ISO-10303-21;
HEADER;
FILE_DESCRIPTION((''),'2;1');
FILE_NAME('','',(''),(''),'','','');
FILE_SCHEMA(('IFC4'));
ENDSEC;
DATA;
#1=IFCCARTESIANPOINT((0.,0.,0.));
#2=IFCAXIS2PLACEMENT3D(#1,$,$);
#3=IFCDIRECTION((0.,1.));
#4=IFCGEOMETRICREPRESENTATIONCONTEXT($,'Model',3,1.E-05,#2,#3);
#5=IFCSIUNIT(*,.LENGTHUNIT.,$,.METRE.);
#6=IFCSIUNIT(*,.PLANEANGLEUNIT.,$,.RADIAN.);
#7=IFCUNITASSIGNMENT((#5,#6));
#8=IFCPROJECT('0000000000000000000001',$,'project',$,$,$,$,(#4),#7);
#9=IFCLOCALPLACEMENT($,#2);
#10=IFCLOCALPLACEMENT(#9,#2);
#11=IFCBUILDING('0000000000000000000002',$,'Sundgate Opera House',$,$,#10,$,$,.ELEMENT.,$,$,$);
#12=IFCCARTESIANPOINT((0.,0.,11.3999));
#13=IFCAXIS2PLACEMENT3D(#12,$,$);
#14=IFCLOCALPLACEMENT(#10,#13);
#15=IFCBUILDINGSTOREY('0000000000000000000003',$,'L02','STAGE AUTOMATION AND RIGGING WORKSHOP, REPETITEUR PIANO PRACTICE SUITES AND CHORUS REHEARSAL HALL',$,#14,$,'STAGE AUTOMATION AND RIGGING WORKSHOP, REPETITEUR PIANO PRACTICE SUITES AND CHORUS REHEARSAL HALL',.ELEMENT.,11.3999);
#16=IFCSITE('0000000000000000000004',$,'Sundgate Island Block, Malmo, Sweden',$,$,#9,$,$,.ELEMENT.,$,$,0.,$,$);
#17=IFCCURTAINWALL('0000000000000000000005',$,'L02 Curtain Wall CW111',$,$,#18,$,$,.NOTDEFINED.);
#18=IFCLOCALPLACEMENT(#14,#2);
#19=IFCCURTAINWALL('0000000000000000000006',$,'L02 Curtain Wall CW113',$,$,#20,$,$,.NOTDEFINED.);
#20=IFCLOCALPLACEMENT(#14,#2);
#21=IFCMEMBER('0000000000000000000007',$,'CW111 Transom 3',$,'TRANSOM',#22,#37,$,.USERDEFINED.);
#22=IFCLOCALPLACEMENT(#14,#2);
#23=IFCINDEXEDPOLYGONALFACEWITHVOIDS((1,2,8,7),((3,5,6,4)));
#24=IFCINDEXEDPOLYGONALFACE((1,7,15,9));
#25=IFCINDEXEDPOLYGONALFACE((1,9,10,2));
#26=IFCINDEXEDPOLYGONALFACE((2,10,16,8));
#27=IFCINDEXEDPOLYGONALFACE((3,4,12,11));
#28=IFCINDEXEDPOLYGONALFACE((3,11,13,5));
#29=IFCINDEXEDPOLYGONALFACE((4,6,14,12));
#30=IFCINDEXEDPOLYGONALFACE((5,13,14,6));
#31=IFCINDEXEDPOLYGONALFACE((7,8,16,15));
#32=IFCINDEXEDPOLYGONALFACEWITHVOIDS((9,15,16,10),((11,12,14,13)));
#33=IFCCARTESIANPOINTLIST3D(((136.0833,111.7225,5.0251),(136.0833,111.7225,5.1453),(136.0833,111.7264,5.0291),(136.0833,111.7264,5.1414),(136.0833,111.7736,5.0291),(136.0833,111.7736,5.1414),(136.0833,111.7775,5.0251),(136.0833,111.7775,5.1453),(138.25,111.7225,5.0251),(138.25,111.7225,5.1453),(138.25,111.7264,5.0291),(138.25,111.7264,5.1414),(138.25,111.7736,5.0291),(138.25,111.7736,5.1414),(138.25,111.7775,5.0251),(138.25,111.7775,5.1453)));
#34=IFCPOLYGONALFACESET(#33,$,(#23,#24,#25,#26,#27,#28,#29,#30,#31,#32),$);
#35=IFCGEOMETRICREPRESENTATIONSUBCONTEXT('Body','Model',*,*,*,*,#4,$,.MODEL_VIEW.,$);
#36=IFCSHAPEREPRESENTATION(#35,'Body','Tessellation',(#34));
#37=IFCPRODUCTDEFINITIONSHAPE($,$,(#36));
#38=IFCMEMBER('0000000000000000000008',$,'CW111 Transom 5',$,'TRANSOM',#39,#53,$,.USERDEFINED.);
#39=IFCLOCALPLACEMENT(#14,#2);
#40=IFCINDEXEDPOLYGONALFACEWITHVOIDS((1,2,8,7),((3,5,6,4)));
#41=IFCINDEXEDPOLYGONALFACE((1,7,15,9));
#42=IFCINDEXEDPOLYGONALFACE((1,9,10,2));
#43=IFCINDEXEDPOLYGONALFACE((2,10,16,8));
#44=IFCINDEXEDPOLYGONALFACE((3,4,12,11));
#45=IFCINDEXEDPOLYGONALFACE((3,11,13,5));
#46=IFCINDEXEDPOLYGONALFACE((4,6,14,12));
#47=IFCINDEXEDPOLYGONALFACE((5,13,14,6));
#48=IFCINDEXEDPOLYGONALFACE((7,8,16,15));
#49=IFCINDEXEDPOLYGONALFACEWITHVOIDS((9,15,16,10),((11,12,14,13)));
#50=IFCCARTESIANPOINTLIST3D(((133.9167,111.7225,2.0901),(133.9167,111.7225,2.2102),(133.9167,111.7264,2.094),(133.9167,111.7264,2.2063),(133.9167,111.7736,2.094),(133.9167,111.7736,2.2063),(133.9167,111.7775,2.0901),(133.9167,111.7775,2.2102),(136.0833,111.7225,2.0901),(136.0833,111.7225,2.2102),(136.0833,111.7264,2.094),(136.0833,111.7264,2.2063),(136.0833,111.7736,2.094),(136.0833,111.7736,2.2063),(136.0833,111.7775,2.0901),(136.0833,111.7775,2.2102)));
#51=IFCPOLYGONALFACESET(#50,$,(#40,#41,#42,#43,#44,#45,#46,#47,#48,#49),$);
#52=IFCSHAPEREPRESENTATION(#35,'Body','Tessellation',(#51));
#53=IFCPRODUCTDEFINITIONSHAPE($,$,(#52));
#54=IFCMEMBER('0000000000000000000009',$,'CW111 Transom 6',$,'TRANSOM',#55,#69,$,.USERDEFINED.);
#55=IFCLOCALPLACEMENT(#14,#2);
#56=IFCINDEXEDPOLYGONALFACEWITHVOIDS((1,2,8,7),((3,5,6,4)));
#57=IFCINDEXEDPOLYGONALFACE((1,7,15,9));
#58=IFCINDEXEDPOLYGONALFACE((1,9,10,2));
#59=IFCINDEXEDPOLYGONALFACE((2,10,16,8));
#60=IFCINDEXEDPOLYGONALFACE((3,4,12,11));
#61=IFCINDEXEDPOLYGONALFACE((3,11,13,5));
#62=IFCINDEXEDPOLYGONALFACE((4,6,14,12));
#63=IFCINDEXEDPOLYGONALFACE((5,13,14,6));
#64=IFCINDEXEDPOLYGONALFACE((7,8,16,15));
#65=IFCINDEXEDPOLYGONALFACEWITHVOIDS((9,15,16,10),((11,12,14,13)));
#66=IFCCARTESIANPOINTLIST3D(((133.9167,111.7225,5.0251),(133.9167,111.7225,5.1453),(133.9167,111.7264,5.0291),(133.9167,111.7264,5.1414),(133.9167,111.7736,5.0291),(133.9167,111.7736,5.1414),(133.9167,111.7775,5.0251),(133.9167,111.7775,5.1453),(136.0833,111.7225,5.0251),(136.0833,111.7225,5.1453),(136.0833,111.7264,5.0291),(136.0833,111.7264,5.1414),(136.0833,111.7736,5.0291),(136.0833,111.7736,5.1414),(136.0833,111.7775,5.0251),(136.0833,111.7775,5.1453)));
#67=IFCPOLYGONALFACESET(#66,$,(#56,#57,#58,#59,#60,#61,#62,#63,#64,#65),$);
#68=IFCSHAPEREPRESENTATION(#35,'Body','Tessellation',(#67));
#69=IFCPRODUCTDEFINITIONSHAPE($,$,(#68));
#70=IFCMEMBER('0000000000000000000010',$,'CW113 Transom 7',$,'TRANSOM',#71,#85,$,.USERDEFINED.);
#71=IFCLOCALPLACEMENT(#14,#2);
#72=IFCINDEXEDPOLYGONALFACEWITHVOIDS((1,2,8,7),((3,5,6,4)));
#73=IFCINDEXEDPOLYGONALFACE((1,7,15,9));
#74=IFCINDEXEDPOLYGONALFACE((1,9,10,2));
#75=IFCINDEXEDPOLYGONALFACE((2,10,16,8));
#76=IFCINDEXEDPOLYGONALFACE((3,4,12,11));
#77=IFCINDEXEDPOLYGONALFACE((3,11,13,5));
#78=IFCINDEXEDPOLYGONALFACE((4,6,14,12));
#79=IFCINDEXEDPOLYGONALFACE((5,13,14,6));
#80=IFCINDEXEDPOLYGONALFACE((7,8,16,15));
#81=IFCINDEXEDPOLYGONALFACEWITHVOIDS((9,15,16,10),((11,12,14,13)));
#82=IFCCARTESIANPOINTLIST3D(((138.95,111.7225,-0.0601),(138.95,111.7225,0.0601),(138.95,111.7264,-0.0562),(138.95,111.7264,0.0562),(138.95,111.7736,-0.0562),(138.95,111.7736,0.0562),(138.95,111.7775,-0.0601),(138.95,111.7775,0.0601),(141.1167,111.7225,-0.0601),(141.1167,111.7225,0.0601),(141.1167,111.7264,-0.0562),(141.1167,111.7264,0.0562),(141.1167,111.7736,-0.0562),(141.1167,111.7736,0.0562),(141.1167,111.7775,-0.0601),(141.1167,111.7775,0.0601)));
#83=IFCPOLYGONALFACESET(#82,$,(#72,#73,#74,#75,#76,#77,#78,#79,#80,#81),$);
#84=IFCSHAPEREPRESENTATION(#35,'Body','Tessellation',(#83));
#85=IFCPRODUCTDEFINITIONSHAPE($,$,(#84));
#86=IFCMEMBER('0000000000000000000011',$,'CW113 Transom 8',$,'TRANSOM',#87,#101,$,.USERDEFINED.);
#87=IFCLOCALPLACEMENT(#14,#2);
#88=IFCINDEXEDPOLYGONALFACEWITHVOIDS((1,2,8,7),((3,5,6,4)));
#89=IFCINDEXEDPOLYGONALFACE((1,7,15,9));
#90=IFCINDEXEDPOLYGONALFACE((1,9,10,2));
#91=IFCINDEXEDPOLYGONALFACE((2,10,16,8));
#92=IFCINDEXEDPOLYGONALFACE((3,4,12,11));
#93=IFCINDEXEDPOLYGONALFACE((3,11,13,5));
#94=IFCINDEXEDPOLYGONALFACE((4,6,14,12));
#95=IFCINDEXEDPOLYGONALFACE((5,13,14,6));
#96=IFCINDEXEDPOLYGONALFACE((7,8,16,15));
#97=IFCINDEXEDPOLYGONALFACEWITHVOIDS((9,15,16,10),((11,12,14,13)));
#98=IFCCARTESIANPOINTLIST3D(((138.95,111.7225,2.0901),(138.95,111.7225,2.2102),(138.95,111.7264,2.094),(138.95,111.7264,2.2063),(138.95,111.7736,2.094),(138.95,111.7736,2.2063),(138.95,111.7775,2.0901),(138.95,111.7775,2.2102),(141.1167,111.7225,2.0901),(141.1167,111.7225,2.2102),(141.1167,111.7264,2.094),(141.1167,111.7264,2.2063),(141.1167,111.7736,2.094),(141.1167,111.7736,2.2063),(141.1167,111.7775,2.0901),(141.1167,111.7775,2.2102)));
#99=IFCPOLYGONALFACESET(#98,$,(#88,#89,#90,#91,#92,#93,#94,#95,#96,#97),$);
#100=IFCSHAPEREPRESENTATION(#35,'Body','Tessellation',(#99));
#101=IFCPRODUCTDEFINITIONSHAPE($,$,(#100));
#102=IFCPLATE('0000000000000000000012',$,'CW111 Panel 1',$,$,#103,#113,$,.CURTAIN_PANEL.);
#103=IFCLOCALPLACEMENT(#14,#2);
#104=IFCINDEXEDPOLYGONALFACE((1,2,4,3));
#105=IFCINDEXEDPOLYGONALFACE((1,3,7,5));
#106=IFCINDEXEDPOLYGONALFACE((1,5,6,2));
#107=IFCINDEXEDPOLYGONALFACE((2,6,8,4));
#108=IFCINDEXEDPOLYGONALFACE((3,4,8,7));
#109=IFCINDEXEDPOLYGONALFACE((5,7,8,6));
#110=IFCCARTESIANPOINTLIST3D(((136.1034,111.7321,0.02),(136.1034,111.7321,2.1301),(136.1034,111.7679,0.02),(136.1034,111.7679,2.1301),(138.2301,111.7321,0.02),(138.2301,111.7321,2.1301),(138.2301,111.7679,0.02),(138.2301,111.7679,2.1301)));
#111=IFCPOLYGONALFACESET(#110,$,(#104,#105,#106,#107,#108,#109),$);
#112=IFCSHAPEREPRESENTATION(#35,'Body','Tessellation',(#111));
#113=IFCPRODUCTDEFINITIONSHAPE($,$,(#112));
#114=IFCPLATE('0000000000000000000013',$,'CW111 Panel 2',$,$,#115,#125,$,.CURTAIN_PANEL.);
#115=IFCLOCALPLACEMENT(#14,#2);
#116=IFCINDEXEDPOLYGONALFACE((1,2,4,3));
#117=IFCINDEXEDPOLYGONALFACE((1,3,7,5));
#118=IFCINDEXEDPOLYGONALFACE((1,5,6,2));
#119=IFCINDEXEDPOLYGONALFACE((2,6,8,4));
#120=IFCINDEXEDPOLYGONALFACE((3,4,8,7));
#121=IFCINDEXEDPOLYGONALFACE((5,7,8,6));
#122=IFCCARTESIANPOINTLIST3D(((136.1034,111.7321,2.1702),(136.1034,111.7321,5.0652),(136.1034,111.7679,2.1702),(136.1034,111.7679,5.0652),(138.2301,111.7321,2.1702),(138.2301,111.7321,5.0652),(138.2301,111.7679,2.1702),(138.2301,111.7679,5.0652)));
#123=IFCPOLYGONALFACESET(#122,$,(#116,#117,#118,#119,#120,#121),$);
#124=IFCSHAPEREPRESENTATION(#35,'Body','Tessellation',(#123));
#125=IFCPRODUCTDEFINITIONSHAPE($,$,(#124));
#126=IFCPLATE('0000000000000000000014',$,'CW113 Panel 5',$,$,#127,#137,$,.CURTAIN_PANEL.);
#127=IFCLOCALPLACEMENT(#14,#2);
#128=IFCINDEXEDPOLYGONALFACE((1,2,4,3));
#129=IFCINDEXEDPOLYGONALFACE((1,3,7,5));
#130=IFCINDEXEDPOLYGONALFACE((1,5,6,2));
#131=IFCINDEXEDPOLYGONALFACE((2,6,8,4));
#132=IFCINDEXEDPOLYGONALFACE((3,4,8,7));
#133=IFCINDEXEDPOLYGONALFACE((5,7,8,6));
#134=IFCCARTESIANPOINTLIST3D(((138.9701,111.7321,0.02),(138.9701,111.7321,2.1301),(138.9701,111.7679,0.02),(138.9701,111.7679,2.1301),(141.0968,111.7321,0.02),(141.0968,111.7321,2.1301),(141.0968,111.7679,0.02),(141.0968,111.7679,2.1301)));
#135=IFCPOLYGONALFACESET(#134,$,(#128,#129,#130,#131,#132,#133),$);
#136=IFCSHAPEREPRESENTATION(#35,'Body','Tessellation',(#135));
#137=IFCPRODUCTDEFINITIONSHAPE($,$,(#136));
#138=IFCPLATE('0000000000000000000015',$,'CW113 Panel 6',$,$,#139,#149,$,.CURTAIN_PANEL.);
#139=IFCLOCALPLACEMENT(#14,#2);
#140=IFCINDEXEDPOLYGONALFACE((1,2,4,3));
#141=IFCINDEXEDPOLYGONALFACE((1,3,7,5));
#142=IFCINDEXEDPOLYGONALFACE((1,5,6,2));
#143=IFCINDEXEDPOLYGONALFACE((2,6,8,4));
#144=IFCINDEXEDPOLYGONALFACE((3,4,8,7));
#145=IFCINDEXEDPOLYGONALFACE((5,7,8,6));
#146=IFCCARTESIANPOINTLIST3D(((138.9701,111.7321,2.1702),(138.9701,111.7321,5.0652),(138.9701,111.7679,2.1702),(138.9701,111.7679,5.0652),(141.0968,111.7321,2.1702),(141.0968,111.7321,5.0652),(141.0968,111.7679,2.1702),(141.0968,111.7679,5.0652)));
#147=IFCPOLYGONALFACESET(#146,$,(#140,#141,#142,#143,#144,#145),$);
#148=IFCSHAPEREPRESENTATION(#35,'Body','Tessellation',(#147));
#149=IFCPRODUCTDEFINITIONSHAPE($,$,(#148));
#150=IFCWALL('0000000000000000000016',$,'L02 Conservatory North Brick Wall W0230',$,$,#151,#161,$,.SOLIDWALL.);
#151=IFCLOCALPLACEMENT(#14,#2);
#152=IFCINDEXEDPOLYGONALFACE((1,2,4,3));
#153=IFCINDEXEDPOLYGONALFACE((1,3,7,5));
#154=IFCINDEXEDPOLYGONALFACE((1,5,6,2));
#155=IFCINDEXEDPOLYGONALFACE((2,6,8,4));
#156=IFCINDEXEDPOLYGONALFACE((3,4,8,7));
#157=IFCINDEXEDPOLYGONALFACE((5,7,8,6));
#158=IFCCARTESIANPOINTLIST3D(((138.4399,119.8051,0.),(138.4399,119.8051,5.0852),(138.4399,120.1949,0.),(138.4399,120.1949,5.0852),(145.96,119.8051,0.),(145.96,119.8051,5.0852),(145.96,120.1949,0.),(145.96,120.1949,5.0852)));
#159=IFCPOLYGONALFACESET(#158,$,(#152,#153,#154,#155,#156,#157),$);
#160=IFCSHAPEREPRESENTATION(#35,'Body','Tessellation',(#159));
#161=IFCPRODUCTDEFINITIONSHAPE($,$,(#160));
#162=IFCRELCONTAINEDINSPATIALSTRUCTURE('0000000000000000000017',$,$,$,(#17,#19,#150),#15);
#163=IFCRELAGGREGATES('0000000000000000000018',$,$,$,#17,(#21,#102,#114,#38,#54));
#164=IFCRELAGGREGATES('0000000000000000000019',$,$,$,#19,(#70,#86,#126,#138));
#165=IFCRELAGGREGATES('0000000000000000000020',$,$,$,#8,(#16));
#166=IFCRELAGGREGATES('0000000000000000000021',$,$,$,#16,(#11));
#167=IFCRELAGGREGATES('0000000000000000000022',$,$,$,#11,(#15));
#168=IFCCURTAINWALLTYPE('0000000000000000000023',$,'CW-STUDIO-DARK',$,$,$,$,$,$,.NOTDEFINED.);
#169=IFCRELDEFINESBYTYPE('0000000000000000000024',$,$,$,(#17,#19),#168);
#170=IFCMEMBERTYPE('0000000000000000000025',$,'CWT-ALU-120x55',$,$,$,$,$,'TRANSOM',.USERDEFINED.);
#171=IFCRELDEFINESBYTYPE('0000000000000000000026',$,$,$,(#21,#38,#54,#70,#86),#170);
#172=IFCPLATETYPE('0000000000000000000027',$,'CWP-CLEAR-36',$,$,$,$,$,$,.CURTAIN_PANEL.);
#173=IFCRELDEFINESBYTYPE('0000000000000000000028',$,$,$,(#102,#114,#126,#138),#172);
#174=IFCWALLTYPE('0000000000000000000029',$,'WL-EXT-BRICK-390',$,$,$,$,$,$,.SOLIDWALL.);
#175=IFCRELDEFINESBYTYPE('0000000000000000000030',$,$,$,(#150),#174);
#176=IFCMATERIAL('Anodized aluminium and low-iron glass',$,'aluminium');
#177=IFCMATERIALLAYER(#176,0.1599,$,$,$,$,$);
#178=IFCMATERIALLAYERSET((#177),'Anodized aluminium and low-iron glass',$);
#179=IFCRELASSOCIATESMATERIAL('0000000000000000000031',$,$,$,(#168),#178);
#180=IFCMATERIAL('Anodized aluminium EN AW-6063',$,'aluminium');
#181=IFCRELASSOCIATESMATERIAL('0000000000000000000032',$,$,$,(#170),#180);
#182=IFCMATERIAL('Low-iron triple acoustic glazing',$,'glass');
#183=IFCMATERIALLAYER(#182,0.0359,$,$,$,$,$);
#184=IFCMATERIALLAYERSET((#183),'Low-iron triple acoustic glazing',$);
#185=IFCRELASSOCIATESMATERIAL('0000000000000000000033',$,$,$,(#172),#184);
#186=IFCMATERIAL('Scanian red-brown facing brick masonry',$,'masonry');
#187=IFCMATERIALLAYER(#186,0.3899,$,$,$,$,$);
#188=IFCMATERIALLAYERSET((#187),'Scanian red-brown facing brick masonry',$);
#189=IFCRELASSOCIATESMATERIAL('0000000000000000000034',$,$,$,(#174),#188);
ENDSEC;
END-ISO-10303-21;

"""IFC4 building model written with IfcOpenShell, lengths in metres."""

from ifc_helpers import new_model, si_unit, direction, frame, frame_2d, origin, origin_2d, place, context, subcontext, project, spatial, rectangle, hollow_rectangle, extrude, material, layer, layer_set, material_profile, profile_set, type_object, element, aggregate, save


model = new_model("IFC4")

# Units and contexts
model_context = context("Model", 3, precision=1e-05, world=origin(), true_north=direction((0.0, 1.0)))
body_context = subcontext(model_context, "Body", "Model", "MODEL_VIEW")
ifc_project = project(units=[si_unit("LENGTHUNIT", "METRE"), si_unit("PLANEANGLEUNIT", "RADIAN")], contexts=[model_context])

# Site, building, storey
site_placement = place(None, origin())
site = spatial("IfcSite", under=ifc_project, at=site_placement, Name="Sundgate Island Block, Malmo, Sweden", CompositionType="ELEMENT", RefElevation=0.0)
building_placement = place(site_placement, origin())
building = spatial("IfcBuilding", under=site, at=building_placement, Name="Sundgate Opera House", CompositionType="ELEMENT")
storey_placement = place(building_placement, frame((0.0, 0.0, 11.3999)))
storey = spatial("IfcBuildingStorey", under=building, at=storey_placement, Name="L02", Description="STAGE AUTOMATION AND RIGGING WORKSHOP, REPETITEUR PIANO PRACTICE SUITES AND CHORUS REHEARSAL HALL", LongName="STAGE AUTOMATION AND RIGGING WORKSHOP, REPETITEUR PIANO PRACTICE SUITES AND CHORUS REHEARSAL HALL", CompositionType="ELEMENT", Elevation=11.3999)

# Curtain wall
ifc_material_1 = material(Name="Anodized aluminium and low-iron glass", Category="aluminium")
ifc_layer_1 = layer(ifc_material_1, 0.1599)
ifc_layer_set_1 = layer_set([ifc_layer_1], Name="Anodized aluminium and low-iron glass")
curtain_wall_type = type_object("IfcCurtainWallType", Name="CW-STUDIO-DARK", PredefinedType="NOTDEFINED", material=ifc_layer_set_1)
curtain_wall_1_placement = place(storey_placement, origin())
curtain_wall_1 = element("IfcCurtainWall", 1, at=curtain_wall_1_placement, inside=storey, type_object=curtain_wall_type, Name="L02 Curtain Wall CW111", PredefinedType="NOTDEFINED")

# Curtain wall
curtain_wall_2_placement = place(storey_placement, origin())
curtain_wall_2 = element("IfcCurtainWall", 2, at=curtain_wall_2_placement, inside=storey, type_object=curtain_wall_type, Name="L02 Curtain Wall CW113", PredefinedType="NOTDEFINED")

# Members
ifc_material_2 = material(Name="Anodized aluminium EN AW-6063", Category="aluminium")
ifc_material_profile_1 = material_profile(ifc_material_2, hollow_rectangle(XDim=0.0549, YDim=0.1201, WallThickness=0.0039, at=origin_2d()), Name="CWT 120x55x4")
ifc_profile_set_1 = profile_set([ifc_material_profile_1], Name="Anodized aluminium EN AW-6063")
member_type_1 = type_object("IfcMemberType", Name="CWT-ALU-120x55", ElementType="TRANSOM", PredefinedType="USERDEFINED", material=ifc_profile_set_1)
member_1_placement = place(storey_placement, frame((138.25, 111.75, 5.0852), z_axis=(-1.0, 0.0, 0.0), x_axis=(0.0, -1.0, 0.0)))
member_1 = element("IfcMember", 3, at=member_1_placement, type_object=member_type_1, Name="CW111 Transom 3", ObjectType="TRANSOM", PredefinedType="USERDEFINED", context=body_context, shape_type="SweptSolid", body=[
    extrude(hollow_rectangle(XDim=0.0549, YDim=0.1201, WallThickness=0.0039, at=origin_2d()), origin(), (0.0, 0.0, 1.0), 2.1667),
])
member_2_placement = place(storey_placement, frame((136.0833, 111.75, 2.1501), z_axis=(-1.0, 0.0, 0.0), x_axis=(0.0, -1.0, 0.0)))
member_2 = element("IfcMember", 4, at=member_2_placement, type_object=member_type_1, Name="CW111 Transom 5", ObjectType="TRANSOM", PredefinedType="USERDEFINED", context=body_context, shape_type="SweptSolid", body=[
    extrude(hollow_rectangle(XDim=0.0549, YDim=0.1201, WallThickness=0.0039, at=origin_2d()), origin(), (0.0, 0.0, 1.0), 2.1665),
])
member_3_placement = place(storey_placement, frame((136.0833, 111.75, 5.0852), z_axis=(-1.0, 0.0, 0.0), x_axis=(0.0, -1.0, 0.0)))
member_3 = element("IfcMember", 5, at=member_3_placement, type_object=member_type_1, Name="CW111 Transom 6", ObjectType="TRANSOM", PredefinedType="USERDEFINED", context=body_context, shape_type="SweptSolid", body=[
    extrude(hollow_rectangle(XDim=0.0549, YDim=0.1201, WallThickness=0.0039, at=origin_2d()), origin(), (0.0, 0.0, 1.0), 2.1665),
])
member_4_placement = place(storey_placement, frame((141.1167, 111.75, 0.0), z_axis=(-1.0, 0.0, 0.0), x_axis=(0.0, -1.0, 0.0)))
member_4 = element("IfcMember", 6, at=member_4_placement, type_object=member_type_1, Name="CW113 Transom 7", ObjectType="TRANSOM", PredefinedType="USERDEFINED", context=body_context, shape_type="SweptSolid", body=[
    extrude(hollow_rectangle(XDim=0.0549, YDim=0.1201, WallThickness=0.0039, at=origin_2d()), origin(), (0.0, 0.0, 1.0), 2.1667),
])
member_5_placement = place(storey_placement, frame((141.1167, 111.75, 2.1501), z_axis=(-1.0, 0.0, 0.0), x_axis=(0.0, -1.0, 0.0)))
member_5 = element("IfcMember", 7, at=member_5_placement, type_object=member_type_1, Name="CW113 Transom 8", ObjectType="TRANSOM", PredefinedType="USERDEFINED", context=body_context, shape_type="SweptSolid", body=[
    extrude(hollow_rectangle(XDim=0.0549, YDim=0.1201, WallThickness=0.0039, at=origin_2d()), origin(), (0.0, 0.0, 1.0), 2.1667),
])

# Plates
ifc_material_3 = material(Name="Low-iron triple acoustic glazing", Category="glass")
ifc_layer_2 = layer(ifc_material_3, 0.0359)
ifc_layer_set_2 = layer_set([ifc_layer_2], Name="Low-iron triple acoustic glazing")
plate_type = type_object("IfcPlateType", Name="CWP-CLEAR-36", PredefinedType="CURTAIN_PANEL", material=ifc_layer_set_2)
plate_1_placement = place(storey_placement, frame((137.1667, 111.75, 0.02), z_axis=(0.0, 0.0, 1.0), x_axis=(-1.0, 0.0, 0.0)))
plate_1 = element("IfcPlate", 8, at=plate_1_placement, type_object=plate_type, Name="CW111 Panel 1", PredefinedType="CURTAIN_PANEL", context=body_context, shape_type="SweptSolid", body=[
    extrude(rectangle(XDim=2.1267, YDim=0.0359, at=origin_2d()), origin(), (0.0, 0.0, 1.0), 2.1101),
])
plate_2_placement = place(storey_placement, frame((137.1667, 111.75, 2.1702), z_axis=(0.0, 0.0, 1.0), x_axis=(-1.0, 0.0, 0.0)))
plate_2 = element("IfcPlate", 9, at=plate_2_placement, type_object=plate_type, Name="CW111 Panel 2", PredefinedType="CURTAIN_PANEL", context=body_context, shape_type="SweptSolid", body=[
    extrude(rectangle(XDim=2.1267, YDim=0.0359, at=origin_2d()), origin(), (0.0, 0.0, 1.0), 2.895),
])
aggregate(curtain_wall_1, [member_1, plate_1, plate_2, member_2, member_3])
plate_3_placement = place(storey_placement, frame((140.0334, 111.75, 0.02), z_axis=(0.0, 0.0, 1.0), x_axis=(-1.0, 0.0, 0.0)))
plate_3 = element("IfcPlate", 10, at=plate_3_placement, type_object=plate_type, Name="CW113 Panel 5", PredefinedType="CURTAIN_PANEL", context=body_context, shape_type="SweptSolid", body=[
    extrude(rectangle(XDim=2.1267, YDim=0.0359, at=origin_2d()), origin(), (0.0, 0.0, 1.0), 2.1101),
])
plate_4_placement = place(storey_placement, frame((140.0334, 111.75, 2.1702), z_axis=(0.0, 0.0, 1.0), x_axis=(-1.0, 0.0, 0.0)))
plate_4 = element("IfcPlate", 11, at=plate_4_placement, type_object=plate_type, Name="CW113 Panel 6", PredefinedType="CURTAIN_PANEL", context=body_context, shape_type="SweptSolid", body=[
    extrude(rectangle(XDim=2.1267, YDim=0.0359, at=origin_2d()), origin(), (0.0, 0.0, 1.0), 2.895),
])
aggregate(curtain_wall_2, [member_4, member_5, plate_3, plate_4])

# Wall
ifc_material_4 = material(Name="Scanian red-brown facing brick masonry", Category="masonry")
ifc_layer_3 = layer(ifc_material_4, 0.3899)
ifc_layer_set_3 = layer_set([ifc_layer_3], Name="Scanian red-brown facing brick masonry")
wall_type = type_object("IfcWallType", Name="WL-EXT-BRICK-390", PredefinedType="SOLIDWALL", material=ifc_layer_set_3)
wall_placement = place(storey_placement, frame((138.4399, 120.0, 0.0), z_axis=(0.0, 0.0, 1.0), x_axis=(1.0, 0.0, 0.0)))
element("IfcWall", 12, at=wall_placement, inside=storey, type_object=wall_type, Name="L02 Conservatory North Brick Wall W0230", PredefinedType="SOLIDWALL", context=body_context, shape_type="SweptSolid", body=[
    extrude(rectangle(XDim=7.52, YDim=0.3899, at=frame_2d((3.76, 0.0))), origin(), (0.0, 0.0, 1.0), 5.0852),
])

save(model, "model.ifc")
